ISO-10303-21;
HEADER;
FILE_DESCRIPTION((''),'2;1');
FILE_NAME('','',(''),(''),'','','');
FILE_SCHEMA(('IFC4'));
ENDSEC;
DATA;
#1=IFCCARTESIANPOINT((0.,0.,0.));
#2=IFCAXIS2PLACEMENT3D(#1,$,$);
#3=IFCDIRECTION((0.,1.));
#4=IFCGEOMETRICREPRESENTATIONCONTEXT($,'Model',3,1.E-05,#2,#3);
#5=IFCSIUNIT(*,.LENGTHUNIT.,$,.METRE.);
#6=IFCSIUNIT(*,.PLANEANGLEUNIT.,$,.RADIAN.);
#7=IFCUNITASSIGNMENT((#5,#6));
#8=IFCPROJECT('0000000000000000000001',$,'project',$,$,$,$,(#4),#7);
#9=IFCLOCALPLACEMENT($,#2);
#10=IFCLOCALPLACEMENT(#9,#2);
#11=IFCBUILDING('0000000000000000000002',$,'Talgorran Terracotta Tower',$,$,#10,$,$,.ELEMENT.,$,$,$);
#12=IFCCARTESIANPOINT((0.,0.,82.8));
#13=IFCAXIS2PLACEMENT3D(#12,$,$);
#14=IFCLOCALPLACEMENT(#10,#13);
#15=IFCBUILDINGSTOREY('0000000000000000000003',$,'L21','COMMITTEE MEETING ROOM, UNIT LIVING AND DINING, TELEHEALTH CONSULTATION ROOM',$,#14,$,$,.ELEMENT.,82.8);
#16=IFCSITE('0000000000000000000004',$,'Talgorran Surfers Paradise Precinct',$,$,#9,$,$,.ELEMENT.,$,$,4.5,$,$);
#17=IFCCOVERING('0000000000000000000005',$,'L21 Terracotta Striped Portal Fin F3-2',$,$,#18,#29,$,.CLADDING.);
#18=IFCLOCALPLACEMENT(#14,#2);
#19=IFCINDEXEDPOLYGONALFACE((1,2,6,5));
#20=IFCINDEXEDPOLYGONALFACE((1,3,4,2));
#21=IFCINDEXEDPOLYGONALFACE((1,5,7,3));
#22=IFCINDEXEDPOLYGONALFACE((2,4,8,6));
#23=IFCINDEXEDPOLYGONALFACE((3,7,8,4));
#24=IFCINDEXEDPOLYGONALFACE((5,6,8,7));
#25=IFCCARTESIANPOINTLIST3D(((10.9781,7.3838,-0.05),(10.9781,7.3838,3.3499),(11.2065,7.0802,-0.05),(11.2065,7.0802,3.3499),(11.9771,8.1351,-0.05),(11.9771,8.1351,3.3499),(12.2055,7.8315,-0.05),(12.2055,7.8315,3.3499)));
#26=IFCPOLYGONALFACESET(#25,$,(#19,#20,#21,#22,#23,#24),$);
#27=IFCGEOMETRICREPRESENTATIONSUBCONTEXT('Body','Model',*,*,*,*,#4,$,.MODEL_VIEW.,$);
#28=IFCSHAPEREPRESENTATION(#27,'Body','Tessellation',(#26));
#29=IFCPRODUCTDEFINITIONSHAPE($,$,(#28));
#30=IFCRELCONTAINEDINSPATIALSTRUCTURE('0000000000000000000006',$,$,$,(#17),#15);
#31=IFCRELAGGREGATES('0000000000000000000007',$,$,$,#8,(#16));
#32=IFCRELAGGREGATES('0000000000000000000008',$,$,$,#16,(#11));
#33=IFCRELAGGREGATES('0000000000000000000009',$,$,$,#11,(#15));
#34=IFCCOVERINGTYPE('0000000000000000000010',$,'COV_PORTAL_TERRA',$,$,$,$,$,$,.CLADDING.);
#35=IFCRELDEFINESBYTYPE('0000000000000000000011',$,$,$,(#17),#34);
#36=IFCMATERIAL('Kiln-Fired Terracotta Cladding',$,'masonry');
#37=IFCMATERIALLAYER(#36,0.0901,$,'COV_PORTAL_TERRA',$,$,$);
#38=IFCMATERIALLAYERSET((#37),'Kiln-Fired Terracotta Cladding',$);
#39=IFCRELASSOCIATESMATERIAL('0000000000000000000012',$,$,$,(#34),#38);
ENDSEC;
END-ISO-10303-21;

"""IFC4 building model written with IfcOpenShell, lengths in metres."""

from ifc_helpers import new_model, si_unit, direction, frame, origin, origin_2d, place, context, subcontext, project, spatial, rectangle, extrude, material, layer, layer_set, type_object, element, save


model = new_model("IFC4")

# Units and contexts
model_context = context("Model", 3, precision=1e-05, world=origin(), true_north=direction((0.0, 1.0)))
body_context = subcontext(model_context, "Body", "Model", "MODEL_VIEW")
ifc_project = project(units=[si_unit("LENGTHUNIT", "METRE"), si_unit("PLANEANGLEUNIT", "RADIAN")], contexts=[model_context])

# Site, building, storey
site_placement = place(None, origin())
site = spatial("IfcSite", under=ifc_project, at=site_placement, Name="Talgorran Surfers Paradise Precinct", CompositionType="ELEMENT", RefElevation=4.5)
building_placement = place(site_placement, origin())
building = spatial("IfcBuilding", under=site, at=building_placement, Name="Talgorran Terracotta Tower", CompositionType="ELEMENT")
storey_placement = place(building_placement, frame((0.0, 0.0, 82.8)))
storey = spatial("IfcBuildingStorey", under=building, at=storey_placement, Name="L21", Description="COMMITTEE MEETING ROOM, UNIT LIVING AND DINING, TELEHEALTH CONSULTATION ROOM", CompositionType="ELEMENT", Elevation=82.8)

# Covering
ifc_material_1 = material(Name="Kiln-Fired Terracotta Cladding", Category="masonry")
ifc_layer_1 = layer(ifc_material_1, 0.0901, Name="COV_PORTAL_TERRA")
ifc_layer_set_1 = layer_set([ifc_layer_1], Name="Kiln-Fired Terracotta Cladding")
covering_type_1 = type_object("IfcCoveringType", Name="COV_PORTAL_TERRA", PredefinedType="CLADDING", material=ifc_layer_set_1)
covering_1_placement = place(storey_placement, frame((11.5918, 7.6077, -0.05), z_axis=(0.0, 0.0, 1.0), x_axis=(-0.601048, 0.799213, 0.0)))
element("IfcCovering", 1, at=covering_1_placement, inside=storey, type_object=covering_type_1, Name="L21 Terracotta Striped Portal Fin F3-2", PredefinedType="CLADDING", context=body_context, shape_type="SweptSolid", body=[
    extrude(rectangle(XDim=0.3799, YDim=1.25, at=origin_2d()), origin(), (0.0, 0.0, 1.0), 3.3999),
])

save(model, "model.ifc")
